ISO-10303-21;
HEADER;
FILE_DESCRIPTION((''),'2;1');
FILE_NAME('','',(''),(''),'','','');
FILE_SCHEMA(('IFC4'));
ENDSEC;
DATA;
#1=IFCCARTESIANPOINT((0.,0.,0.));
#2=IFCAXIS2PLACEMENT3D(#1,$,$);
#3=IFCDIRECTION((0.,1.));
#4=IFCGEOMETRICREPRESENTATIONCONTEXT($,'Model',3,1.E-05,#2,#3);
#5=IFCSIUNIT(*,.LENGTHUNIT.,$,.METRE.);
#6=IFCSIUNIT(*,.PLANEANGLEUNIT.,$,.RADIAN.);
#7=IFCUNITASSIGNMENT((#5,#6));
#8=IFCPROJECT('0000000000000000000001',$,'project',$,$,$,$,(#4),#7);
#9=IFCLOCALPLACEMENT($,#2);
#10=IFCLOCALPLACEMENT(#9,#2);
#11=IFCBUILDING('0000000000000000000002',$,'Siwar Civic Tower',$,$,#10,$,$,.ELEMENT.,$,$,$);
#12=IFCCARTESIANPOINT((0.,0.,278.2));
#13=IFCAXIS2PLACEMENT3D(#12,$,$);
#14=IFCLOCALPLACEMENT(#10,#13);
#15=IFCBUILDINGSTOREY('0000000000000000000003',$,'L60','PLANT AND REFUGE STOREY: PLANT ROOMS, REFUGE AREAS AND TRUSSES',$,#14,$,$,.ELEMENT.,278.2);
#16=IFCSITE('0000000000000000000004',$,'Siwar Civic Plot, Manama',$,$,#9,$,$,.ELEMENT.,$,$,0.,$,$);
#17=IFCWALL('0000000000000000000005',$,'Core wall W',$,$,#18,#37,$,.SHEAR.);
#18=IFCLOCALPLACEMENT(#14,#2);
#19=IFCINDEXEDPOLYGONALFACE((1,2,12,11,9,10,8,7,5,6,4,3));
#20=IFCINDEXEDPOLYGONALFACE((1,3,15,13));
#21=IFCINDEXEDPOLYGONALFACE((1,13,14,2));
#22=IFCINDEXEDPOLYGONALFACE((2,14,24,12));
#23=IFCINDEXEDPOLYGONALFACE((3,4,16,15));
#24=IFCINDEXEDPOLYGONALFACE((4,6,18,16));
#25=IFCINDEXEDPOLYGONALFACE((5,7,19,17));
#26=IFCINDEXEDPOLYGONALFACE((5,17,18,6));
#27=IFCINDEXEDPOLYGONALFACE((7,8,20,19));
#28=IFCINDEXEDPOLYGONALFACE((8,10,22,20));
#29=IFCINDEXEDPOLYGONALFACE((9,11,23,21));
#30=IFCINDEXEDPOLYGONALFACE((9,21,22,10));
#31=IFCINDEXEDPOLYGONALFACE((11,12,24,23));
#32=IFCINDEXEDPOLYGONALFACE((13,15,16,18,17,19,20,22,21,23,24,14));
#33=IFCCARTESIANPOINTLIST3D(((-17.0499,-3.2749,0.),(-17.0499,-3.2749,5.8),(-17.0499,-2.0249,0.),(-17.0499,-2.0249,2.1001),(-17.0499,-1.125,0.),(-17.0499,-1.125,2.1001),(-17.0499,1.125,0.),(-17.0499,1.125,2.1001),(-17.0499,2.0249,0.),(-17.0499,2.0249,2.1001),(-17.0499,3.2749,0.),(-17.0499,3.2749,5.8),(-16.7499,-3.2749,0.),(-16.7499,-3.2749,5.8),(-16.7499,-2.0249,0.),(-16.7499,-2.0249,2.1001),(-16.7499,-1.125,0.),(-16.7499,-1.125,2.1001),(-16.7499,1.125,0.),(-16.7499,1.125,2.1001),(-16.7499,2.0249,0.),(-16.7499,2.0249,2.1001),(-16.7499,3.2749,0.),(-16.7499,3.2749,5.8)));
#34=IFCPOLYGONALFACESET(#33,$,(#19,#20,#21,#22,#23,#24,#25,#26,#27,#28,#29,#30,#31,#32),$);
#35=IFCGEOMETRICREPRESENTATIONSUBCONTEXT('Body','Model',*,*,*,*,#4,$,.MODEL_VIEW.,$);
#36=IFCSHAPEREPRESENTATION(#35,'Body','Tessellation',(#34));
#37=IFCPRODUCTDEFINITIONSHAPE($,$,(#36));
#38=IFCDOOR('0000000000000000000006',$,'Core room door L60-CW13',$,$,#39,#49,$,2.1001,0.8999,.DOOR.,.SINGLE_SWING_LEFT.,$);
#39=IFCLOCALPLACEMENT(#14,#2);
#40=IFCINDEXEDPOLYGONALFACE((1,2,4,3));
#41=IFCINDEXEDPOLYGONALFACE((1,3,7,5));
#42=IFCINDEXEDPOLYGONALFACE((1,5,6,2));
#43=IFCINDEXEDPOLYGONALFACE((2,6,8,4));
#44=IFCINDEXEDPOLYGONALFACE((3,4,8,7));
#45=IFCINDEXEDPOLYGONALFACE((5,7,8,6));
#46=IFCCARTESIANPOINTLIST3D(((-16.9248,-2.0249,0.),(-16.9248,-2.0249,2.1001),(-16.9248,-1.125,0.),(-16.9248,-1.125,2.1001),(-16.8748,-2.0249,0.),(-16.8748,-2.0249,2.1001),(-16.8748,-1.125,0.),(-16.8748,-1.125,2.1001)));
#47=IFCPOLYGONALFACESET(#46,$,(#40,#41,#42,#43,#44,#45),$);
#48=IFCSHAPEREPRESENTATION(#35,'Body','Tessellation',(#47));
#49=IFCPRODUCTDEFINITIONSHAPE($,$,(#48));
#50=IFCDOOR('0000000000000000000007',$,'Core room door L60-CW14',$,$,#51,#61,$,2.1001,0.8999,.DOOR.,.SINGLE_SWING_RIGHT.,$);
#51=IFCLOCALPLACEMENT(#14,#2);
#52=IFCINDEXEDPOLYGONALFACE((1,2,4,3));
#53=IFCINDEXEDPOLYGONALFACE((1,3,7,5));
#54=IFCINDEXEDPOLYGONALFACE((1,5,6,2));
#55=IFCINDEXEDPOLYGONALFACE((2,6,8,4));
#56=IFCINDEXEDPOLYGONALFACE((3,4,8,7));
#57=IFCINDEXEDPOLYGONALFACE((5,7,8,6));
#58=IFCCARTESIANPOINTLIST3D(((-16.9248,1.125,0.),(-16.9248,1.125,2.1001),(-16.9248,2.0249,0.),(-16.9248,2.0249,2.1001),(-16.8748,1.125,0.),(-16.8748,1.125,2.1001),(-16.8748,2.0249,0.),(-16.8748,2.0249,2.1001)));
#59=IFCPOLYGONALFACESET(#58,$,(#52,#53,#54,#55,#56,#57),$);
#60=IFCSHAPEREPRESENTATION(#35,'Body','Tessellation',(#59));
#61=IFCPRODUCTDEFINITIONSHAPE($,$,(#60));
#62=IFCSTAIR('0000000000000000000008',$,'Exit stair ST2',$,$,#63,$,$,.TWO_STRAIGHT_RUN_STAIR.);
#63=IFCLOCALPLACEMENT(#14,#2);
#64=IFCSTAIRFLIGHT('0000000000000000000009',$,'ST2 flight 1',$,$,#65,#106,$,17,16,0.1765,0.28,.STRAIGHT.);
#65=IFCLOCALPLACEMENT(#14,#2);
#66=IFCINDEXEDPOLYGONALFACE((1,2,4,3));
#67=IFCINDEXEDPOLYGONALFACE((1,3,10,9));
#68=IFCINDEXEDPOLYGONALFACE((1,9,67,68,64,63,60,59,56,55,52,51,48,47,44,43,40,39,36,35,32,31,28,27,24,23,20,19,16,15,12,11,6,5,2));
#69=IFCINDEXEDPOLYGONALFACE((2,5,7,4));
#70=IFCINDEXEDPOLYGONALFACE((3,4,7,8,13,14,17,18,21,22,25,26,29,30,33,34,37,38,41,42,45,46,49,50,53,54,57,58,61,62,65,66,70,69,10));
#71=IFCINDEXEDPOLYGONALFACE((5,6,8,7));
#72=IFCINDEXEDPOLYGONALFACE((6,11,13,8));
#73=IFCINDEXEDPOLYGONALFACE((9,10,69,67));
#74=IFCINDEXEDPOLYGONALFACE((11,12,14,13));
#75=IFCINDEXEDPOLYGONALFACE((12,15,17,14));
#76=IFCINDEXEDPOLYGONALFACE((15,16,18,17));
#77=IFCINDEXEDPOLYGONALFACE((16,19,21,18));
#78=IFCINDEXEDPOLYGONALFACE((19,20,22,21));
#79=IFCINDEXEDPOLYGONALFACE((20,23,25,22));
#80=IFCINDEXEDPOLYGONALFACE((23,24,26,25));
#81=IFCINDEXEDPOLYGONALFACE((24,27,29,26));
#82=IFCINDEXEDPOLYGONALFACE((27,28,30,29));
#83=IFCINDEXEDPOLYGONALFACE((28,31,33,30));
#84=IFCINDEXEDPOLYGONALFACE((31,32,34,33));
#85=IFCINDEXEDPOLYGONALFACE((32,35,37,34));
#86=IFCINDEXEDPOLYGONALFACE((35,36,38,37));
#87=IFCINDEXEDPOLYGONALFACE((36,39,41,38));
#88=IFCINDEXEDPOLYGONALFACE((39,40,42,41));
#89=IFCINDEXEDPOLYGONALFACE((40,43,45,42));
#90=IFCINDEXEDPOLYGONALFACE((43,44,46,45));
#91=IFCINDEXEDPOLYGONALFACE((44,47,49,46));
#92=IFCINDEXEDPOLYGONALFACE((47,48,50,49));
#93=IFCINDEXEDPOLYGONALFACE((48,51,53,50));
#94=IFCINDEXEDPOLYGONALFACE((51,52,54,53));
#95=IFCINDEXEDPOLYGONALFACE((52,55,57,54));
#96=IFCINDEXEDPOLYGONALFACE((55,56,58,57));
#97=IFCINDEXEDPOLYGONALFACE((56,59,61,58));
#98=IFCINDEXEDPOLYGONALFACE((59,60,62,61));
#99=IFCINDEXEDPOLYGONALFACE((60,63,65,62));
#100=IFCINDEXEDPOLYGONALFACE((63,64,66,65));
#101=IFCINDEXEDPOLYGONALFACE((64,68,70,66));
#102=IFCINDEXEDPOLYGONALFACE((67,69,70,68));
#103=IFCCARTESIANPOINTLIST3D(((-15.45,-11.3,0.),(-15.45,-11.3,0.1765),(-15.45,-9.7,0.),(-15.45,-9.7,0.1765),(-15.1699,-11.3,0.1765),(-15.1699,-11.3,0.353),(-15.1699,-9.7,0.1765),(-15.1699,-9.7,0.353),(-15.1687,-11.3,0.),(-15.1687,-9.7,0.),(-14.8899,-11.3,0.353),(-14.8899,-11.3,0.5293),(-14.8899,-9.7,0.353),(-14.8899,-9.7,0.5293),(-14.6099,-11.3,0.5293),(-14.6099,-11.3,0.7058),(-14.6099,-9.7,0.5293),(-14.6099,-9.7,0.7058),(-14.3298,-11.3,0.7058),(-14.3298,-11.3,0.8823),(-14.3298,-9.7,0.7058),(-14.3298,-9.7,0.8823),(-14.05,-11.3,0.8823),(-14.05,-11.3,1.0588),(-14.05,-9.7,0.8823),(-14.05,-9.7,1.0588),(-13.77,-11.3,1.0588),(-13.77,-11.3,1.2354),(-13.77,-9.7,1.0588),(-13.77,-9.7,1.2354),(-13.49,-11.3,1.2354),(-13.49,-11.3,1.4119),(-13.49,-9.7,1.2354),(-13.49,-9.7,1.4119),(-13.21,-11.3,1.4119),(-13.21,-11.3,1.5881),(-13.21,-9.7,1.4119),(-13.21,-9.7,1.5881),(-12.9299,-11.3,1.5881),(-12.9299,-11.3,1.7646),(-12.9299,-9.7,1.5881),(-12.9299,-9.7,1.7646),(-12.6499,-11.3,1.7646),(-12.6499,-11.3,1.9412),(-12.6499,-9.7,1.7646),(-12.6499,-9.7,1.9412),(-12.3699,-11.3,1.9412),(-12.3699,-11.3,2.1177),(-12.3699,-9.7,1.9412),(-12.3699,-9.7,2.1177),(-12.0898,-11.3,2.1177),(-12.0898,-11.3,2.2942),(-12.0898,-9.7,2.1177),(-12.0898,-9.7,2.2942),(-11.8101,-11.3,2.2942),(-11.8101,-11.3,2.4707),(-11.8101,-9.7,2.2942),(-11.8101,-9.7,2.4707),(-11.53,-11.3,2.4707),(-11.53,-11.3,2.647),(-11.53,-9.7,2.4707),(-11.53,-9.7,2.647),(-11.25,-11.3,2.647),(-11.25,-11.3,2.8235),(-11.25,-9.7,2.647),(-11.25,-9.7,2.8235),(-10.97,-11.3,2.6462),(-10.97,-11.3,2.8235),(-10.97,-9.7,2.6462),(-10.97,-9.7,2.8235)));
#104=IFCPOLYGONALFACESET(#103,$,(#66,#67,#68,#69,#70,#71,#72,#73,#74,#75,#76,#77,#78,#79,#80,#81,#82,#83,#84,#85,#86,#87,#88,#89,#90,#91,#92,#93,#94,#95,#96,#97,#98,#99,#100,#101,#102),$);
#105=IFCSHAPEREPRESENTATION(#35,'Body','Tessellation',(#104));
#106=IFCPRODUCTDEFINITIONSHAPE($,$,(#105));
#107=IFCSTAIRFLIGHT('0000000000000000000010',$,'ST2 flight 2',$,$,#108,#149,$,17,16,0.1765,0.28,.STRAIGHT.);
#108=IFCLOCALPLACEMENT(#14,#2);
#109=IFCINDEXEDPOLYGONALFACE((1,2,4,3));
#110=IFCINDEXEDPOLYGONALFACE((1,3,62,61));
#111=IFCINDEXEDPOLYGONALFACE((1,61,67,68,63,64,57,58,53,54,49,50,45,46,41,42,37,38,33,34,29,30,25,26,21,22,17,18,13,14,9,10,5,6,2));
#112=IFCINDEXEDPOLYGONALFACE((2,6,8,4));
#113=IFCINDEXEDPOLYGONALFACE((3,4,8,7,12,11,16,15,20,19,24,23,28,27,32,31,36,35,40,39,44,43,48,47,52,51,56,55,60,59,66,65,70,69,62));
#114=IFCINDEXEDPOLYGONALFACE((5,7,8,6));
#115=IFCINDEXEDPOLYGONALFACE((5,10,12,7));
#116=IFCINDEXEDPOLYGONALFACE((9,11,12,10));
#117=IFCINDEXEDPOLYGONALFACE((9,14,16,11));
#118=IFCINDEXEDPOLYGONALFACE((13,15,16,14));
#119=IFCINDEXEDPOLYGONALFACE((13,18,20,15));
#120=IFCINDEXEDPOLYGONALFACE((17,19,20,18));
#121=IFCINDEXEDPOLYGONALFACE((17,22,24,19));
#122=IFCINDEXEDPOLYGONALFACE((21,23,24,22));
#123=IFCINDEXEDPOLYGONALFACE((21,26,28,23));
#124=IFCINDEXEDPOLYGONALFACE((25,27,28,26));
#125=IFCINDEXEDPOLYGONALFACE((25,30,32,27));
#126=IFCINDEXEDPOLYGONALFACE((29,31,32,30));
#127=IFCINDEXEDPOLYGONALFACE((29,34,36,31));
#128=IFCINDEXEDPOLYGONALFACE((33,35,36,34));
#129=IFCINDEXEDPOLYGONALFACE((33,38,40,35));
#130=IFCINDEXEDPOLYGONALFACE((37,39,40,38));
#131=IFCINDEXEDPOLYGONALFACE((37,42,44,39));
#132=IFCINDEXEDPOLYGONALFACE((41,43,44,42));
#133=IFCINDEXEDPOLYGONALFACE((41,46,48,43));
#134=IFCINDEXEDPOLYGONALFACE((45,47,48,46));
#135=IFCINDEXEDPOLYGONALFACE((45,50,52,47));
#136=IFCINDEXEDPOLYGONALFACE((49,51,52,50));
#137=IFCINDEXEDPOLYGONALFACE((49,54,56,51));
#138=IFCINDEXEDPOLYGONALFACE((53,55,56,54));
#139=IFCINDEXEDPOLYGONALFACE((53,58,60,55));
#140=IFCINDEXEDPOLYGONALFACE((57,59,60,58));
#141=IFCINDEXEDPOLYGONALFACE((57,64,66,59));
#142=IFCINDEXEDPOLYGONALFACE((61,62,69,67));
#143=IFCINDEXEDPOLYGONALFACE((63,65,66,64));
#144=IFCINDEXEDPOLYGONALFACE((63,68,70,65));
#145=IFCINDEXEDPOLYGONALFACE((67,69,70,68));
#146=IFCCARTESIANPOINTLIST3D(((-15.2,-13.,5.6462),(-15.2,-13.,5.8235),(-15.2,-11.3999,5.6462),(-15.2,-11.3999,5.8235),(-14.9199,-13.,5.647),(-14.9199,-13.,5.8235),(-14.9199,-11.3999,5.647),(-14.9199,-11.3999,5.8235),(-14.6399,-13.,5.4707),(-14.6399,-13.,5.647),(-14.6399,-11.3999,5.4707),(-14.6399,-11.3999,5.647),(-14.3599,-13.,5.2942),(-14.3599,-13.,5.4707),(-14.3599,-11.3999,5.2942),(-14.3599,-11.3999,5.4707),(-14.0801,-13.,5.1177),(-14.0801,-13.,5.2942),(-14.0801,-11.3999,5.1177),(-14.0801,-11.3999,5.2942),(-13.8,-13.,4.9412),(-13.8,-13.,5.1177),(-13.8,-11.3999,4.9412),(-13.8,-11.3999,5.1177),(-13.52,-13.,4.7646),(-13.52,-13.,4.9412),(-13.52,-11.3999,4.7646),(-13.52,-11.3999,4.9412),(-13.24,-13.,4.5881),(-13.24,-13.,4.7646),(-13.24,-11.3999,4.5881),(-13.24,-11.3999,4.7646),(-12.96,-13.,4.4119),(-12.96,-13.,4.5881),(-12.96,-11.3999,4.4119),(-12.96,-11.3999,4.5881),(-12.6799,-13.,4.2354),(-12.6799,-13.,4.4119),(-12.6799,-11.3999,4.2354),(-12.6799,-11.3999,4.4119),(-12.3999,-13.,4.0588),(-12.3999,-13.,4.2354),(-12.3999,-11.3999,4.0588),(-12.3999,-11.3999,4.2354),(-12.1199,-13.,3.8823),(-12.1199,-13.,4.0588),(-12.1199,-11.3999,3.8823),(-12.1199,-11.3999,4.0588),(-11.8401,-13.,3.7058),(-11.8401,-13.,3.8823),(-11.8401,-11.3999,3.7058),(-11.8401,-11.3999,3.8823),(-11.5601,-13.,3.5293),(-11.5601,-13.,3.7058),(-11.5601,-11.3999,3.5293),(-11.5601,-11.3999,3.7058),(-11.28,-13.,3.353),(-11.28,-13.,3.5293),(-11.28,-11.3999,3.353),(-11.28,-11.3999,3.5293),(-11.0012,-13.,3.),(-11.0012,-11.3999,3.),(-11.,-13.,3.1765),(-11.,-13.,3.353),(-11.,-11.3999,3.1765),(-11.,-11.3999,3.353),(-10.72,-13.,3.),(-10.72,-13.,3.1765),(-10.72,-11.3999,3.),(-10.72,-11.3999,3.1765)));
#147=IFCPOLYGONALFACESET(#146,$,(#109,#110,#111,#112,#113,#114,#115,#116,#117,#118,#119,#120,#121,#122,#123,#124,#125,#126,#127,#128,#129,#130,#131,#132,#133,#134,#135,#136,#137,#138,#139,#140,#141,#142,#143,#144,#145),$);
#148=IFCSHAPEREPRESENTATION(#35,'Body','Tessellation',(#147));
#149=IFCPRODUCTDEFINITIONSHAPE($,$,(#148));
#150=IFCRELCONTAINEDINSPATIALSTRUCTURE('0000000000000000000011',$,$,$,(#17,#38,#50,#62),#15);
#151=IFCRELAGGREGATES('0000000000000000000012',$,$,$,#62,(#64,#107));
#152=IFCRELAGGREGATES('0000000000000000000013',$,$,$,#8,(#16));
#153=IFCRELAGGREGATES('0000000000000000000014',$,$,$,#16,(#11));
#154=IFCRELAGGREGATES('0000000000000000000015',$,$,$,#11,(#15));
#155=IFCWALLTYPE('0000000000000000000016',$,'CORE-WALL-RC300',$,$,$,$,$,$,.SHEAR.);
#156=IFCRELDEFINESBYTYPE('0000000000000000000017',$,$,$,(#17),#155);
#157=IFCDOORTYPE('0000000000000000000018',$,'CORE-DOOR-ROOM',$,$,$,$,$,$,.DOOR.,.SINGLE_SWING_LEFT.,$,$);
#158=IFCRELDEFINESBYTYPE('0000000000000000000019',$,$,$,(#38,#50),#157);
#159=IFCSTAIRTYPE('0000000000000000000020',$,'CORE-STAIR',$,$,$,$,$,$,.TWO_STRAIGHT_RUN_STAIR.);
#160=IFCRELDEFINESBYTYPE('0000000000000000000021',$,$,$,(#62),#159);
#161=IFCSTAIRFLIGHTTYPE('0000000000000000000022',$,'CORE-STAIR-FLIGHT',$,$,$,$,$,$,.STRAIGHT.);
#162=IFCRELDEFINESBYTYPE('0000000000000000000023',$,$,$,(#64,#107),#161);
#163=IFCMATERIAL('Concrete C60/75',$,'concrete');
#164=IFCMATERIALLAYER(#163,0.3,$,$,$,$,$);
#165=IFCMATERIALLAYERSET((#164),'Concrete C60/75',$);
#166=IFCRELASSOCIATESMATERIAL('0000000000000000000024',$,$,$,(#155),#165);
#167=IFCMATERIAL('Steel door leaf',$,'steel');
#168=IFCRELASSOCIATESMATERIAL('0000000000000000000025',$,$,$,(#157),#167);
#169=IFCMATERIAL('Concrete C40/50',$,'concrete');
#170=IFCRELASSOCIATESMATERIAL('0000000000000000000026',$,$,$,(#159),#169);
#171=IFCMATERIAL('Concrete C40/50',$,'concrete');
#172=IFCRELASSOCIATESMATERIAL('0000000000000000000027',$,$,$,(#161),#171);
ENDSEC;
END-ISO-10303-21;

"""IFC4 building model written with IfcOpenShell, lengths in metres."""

from ifc_helpers import new_model, si_unit, direction, frame, frame_2d, origin, place, context, subcontext, project, spatial, polyline, rectangle, outline, extrude, material, layer, layer_set, type_object, element, fill, aggregate, save


model = new_model("IFC4")

# Units and contexts
model_context = context("Model", 3, precision=1e-05, world=origin(), true_north=direction((0.0, 1.0)))
body_context = subcontext(model_context, "Body", "Model", "MODEL_VIEW")
ifc_project = project(units=[si_unit("LENGTHUNIT", "METRE"), si_unit("PLANEANGLEUNIT", "RADIAN")], contexts=[model_context])

# Site, building, storey
site_placement = place(None, origin())
site = spatial("IfcSite", under=ifc_project, at=site_placement, Name="Siwar Civic Plot, Manama", CompositionType="ELEMENT", RefElevation=0.0)
building_placement = place(site_placement, origin())
building = spatial("IfcBuilding", under=site, at=building_placement, Name="Siwar Civic Tower", CompositionType="ELEMENT")
storey_placement = place(building_placement, frame((0.0, 0.0, 278.2)))
storey = spatial("IfcBuildingStorey", under=building, at=storey_placement, Name="L60", Description="PLANT AND REFUGE STOREY: PLANT ROOMS, REFUGE AREAS AND TRUSSES", CompositionType="ELEMENT", Elevation=278.2)

# Wall, openings, doors
ifc_material_1 = material(Name="Concrete C60/75", Category="concrete")
ifc_layer_1 = layer(ifc_material_1, 0.3)
ifc_layer_set_1 = layer_set([ifc_layer_1], Name="Concrete C60/75")
wall_type_1 = type_object("IfcWallType", Name="CORE-WALL-RC300", PredefinedType="SHEAR", material=ifc_layer_set_1)
wall_1_placement = place(storey_placement, frame((-16.8999, -3.2749, 0.0), z_axis=(0.0, 0.0, 1.0), x_axis=(0.0, 1.0, 0.0)))
wall_1 = element("IfcWall", 1, at=wall_1_placement, inside=storey, type_object=wall_type_1, Name="Core wall W", PredefinedType="SHEAR", context=body_context, shape_type="SweptSolid", body=[
    extrude(rectangle(XDim=6.5498, YDim=0.3, at=frame_2d((3.2749, 0.0))), origin(), (0.0, 0.0, 1.0), 5.8),
])
opening_1_placement = place(wall_1_placement, frame((1.25, 0.0, 0.0)))
opening_1 = element("IfcOpeningElement", 2, at=opening_1_placement, cuts=wall_1, PredefinedType="OPENING", context=body_context, shape_type="SweptSolid", body=[
    extrude(rectangle(XDim=0.8999, YDim=2.1001, at=frame_2d((0.45, 1.05))), frame((0.0, 0.1602, 0.0), z_axis=(0.0, -1.0, 0.0), x_axis=(1.0, 0.0, 0.0)), (0.0, 0.0, 1.0), 0.3201),
])
opening_2_placement = place(wall_1_placement, frame((4.3999, 0.0, 0.0)))
opening_2 = element("IfcOpeningElement", 3, at=opening_2_placement, cuts=wall_1, PredefinedType="OPENING", context=body_context, shape_type="SweptSolid", body=[
    extrude(rectangle(XDim=0.8999, YDim=2.1001, at=frame_2d((0.45, 1.05))), frame((0.0, 0.1602, 0.0), z_axis=(0.0, -1.0, 0.0), x_axis=(1.0, 0.0, 0.0)), (0.0, 0.0, 1.0), 0.3201),
])
ifc_material_2 = material(Name="Steel door leaf", Category="steel")
door_type_1 = type_object("IfcDoorType", Name="CORE-DOOR-ROOM", OperationType="SINGLE_SWING_LEFT", PredefinedType="DOOR", material=ifc_material_2)
door_1_placement = place(opening_1_placement, origin())
door_1 = element("IfcDoor", 4, at=door_1_placement, inside=storey, type_object=door_type_1, Name="Core room door L60-CW13", OperationType="SINGLE_SWING_LEFT", OverallHeight=2.1001, OverallWidth=0.8999, PredefinedType="DOOR", context=body_context, shape_type="SweptSolid", body=[
    extrude(rectangle(XDim=0.8999, YDim=2.1001, at=frame_2d((0.45, 1.05))), frame((0.0, 0.0249, 0.0), z_axis=(0.0, -1.0, 0.0), x_axis=(1.0, 0.0, 0.0)), (0.0, 0.0, 1.0), 0.05),
])
fill(opening_1, door_1)
door_2_placement = place(opening_2_placement, origin())
door_2 = element("IfcDoor", 5, at=door_2_placement, inside=storey, type_object=door_type_1, Name="Core room door L60-CW14", OperationType="SINGLE_SWING_RIGHT", OverallHeight=2.1001, OverallWidth=0.8999, PredefinedType="DOOR", context=body_context, shape_type="SweptSolid", body=[
    extrude(rectangle(XDim=0.8999, YDim=2.1001, at=frame_2d((0.45, 1.05))), frame((0.0, 0.0249, 0.0), z_axis=(0.0, -1.0, 0.0), x_axis=(1.0, 0.0, 0.0)), (0.0, 0.0, 1.0), 0.05),
])
fill(opening_2, door_2)

# Stair, stair flights
ifc_material_3 = material(Name="Concrete C40/50", Category="concrete")
stair_type = type_object("IfcStairType", Name="CORE-STAIR", PredefinedType="TWO_STRAIGHT_RUN_STAIR", material=ifc_material_3)
stair_placement = place(storey_placement, origin())
stair = element("IfcStair", 6, at=stair_placement, inside=storey, type_object=stair_type, Name="Exit stair ST2", PredefinedType="TWO_STRAIGHT_RUN_STAIR")
ifc_material_4 = material(Name="Concrete C40/50", Category="concrete")
stair_flight_type = type_object("IfcStairFlightType", Name="CORE-STAIR-FLIGHT", PredefinedType="STRAIGHT", material=ifc_material_4)
stair_flight_1_placement = place(storey_placement, frame((-15.45, -10.5, 0.0), z_axis=(0.0, 0.0, 1.0), x_axis=(1.0, 0.0, 0.0)))
stair_flight_1 = element("IfcStairFlight", 7, at=stair_flight_1_placement, type_object=stair_flight_type, Name="ST2 flight 1", NumberOfRisers=17, NumberOfTreads=16, PredefinedType="STRAIGHT", RiserHeight=0.1765, TreadLength=0.28, context=body_context, shape_type="SweptSolid", body=[
    extrude(outline(polyline([(0.0, 0.0), (0.0, 0.1765), (0.28, 0.1765), (0.28, 0.353), (0.5601, 0.353), (0.5601, 0.5293), (0.8401, 0.5293), (0.8401, 0.7058), (1.1201, 0.7058), (1.1201, 0.8823), (1.3999, 0.8823), (1.3999, 1.0588), (1.6799, 1.0588), (1.6799, 1.2354), (1.96, 1.2354), (1.96, 1.4119), (2.24, 1.4119), (2.24, 1.5881), (2.52, 1.5881), (2.52, 1.7646), (2.8, 1.7646), (2.8, 1.9412), (3.0801, 1.9412), (3.0801, 2.1177), (3.3601, 2.1177), (3.3601, 2.2942), (3.6399, 2.2942), (3.6399, 2.4707), (3.9199, 2.4707), (3.9199, 2.647), (4.2, 2.647), (4.2, 2.8235), (4.48, 2.8235), (4.48, 3.0), (4.48, 2.6462), (0.2812, 0.0), (0.0, 0.0)])), frame((0.0, 0.8, 0.0), z_axis=(0.0, -1.0, 0.0), x_axis=(1.0, 0.0, 0.0)), (0.0, 0.0, 1.0), 1.6001),
])
stair_flight_2_placement = place(storey_placement, frame((-10.72, -12.2, 3.0), z_axis=(0.0, 0.0, 1.0), x_axis=(-1.0, 0.0, 0.0)))
stair_flight_2 = element("IfcStairFlight", 8, at=stair_flight_2_placement, type_object=stair_flight_type, Name="ST2 flight 2", NumberOfRisers=17, NumberOfTreads=16, PredefinedType="STRAIGHT", RiserHeight=0.1765, TreadLength=0.28, context=body_context, shape_type="SweptSolid", body=[
    extrude(outline(polyline([(0.0, 0.0), (0.0, 0.1765), (0.28, 0.1765), (0.28, 0.353), (0.5601, 0.353), (0.5601, 0.5293), (0.8401, 0.5293), (0.8401, 0.7058), (1.1201, 0.7058), (1.1201, 0.8823), (1.3999, 0.8823), (1.3999, 1.0588), (1.6799, 1.0588), (1.6799, 1.2354), (1.96, 1.2354), (1.96, 1.4119), (2.24, 1.4119), (2.24, 1.5881), (2.52, 1.5881), (2.52, 1.7646), (2.8, 1.7646), (2.8, 1.9412), (3.0801, 1.9412), (3.0801, 2.1177), (3.3601, 2.1177), (3.3601, 2.2942), (3.6399, 2.2942), (3.6399, 2.4707), (3.9199, 2.4707), (3.9199, 2.647), (4.2, 2.647), (4.2, 2.8235), (4.48, 2.8235), (4.48, 3.0), (4.48, 2.6462), (0.2812, 0.0), (0.0, 0.0)])), frame((0.0, 0.8, 0.0), z_axis=(0.0, -1.0, 0.0), x_axis=(1.0, 0.0, 0.0)), (0.0, 0.0, 1.0), 1.6001),
])
aggregate(stair, [stair_flight_1, stair_flight_2])

save(model, "model.ifc")
